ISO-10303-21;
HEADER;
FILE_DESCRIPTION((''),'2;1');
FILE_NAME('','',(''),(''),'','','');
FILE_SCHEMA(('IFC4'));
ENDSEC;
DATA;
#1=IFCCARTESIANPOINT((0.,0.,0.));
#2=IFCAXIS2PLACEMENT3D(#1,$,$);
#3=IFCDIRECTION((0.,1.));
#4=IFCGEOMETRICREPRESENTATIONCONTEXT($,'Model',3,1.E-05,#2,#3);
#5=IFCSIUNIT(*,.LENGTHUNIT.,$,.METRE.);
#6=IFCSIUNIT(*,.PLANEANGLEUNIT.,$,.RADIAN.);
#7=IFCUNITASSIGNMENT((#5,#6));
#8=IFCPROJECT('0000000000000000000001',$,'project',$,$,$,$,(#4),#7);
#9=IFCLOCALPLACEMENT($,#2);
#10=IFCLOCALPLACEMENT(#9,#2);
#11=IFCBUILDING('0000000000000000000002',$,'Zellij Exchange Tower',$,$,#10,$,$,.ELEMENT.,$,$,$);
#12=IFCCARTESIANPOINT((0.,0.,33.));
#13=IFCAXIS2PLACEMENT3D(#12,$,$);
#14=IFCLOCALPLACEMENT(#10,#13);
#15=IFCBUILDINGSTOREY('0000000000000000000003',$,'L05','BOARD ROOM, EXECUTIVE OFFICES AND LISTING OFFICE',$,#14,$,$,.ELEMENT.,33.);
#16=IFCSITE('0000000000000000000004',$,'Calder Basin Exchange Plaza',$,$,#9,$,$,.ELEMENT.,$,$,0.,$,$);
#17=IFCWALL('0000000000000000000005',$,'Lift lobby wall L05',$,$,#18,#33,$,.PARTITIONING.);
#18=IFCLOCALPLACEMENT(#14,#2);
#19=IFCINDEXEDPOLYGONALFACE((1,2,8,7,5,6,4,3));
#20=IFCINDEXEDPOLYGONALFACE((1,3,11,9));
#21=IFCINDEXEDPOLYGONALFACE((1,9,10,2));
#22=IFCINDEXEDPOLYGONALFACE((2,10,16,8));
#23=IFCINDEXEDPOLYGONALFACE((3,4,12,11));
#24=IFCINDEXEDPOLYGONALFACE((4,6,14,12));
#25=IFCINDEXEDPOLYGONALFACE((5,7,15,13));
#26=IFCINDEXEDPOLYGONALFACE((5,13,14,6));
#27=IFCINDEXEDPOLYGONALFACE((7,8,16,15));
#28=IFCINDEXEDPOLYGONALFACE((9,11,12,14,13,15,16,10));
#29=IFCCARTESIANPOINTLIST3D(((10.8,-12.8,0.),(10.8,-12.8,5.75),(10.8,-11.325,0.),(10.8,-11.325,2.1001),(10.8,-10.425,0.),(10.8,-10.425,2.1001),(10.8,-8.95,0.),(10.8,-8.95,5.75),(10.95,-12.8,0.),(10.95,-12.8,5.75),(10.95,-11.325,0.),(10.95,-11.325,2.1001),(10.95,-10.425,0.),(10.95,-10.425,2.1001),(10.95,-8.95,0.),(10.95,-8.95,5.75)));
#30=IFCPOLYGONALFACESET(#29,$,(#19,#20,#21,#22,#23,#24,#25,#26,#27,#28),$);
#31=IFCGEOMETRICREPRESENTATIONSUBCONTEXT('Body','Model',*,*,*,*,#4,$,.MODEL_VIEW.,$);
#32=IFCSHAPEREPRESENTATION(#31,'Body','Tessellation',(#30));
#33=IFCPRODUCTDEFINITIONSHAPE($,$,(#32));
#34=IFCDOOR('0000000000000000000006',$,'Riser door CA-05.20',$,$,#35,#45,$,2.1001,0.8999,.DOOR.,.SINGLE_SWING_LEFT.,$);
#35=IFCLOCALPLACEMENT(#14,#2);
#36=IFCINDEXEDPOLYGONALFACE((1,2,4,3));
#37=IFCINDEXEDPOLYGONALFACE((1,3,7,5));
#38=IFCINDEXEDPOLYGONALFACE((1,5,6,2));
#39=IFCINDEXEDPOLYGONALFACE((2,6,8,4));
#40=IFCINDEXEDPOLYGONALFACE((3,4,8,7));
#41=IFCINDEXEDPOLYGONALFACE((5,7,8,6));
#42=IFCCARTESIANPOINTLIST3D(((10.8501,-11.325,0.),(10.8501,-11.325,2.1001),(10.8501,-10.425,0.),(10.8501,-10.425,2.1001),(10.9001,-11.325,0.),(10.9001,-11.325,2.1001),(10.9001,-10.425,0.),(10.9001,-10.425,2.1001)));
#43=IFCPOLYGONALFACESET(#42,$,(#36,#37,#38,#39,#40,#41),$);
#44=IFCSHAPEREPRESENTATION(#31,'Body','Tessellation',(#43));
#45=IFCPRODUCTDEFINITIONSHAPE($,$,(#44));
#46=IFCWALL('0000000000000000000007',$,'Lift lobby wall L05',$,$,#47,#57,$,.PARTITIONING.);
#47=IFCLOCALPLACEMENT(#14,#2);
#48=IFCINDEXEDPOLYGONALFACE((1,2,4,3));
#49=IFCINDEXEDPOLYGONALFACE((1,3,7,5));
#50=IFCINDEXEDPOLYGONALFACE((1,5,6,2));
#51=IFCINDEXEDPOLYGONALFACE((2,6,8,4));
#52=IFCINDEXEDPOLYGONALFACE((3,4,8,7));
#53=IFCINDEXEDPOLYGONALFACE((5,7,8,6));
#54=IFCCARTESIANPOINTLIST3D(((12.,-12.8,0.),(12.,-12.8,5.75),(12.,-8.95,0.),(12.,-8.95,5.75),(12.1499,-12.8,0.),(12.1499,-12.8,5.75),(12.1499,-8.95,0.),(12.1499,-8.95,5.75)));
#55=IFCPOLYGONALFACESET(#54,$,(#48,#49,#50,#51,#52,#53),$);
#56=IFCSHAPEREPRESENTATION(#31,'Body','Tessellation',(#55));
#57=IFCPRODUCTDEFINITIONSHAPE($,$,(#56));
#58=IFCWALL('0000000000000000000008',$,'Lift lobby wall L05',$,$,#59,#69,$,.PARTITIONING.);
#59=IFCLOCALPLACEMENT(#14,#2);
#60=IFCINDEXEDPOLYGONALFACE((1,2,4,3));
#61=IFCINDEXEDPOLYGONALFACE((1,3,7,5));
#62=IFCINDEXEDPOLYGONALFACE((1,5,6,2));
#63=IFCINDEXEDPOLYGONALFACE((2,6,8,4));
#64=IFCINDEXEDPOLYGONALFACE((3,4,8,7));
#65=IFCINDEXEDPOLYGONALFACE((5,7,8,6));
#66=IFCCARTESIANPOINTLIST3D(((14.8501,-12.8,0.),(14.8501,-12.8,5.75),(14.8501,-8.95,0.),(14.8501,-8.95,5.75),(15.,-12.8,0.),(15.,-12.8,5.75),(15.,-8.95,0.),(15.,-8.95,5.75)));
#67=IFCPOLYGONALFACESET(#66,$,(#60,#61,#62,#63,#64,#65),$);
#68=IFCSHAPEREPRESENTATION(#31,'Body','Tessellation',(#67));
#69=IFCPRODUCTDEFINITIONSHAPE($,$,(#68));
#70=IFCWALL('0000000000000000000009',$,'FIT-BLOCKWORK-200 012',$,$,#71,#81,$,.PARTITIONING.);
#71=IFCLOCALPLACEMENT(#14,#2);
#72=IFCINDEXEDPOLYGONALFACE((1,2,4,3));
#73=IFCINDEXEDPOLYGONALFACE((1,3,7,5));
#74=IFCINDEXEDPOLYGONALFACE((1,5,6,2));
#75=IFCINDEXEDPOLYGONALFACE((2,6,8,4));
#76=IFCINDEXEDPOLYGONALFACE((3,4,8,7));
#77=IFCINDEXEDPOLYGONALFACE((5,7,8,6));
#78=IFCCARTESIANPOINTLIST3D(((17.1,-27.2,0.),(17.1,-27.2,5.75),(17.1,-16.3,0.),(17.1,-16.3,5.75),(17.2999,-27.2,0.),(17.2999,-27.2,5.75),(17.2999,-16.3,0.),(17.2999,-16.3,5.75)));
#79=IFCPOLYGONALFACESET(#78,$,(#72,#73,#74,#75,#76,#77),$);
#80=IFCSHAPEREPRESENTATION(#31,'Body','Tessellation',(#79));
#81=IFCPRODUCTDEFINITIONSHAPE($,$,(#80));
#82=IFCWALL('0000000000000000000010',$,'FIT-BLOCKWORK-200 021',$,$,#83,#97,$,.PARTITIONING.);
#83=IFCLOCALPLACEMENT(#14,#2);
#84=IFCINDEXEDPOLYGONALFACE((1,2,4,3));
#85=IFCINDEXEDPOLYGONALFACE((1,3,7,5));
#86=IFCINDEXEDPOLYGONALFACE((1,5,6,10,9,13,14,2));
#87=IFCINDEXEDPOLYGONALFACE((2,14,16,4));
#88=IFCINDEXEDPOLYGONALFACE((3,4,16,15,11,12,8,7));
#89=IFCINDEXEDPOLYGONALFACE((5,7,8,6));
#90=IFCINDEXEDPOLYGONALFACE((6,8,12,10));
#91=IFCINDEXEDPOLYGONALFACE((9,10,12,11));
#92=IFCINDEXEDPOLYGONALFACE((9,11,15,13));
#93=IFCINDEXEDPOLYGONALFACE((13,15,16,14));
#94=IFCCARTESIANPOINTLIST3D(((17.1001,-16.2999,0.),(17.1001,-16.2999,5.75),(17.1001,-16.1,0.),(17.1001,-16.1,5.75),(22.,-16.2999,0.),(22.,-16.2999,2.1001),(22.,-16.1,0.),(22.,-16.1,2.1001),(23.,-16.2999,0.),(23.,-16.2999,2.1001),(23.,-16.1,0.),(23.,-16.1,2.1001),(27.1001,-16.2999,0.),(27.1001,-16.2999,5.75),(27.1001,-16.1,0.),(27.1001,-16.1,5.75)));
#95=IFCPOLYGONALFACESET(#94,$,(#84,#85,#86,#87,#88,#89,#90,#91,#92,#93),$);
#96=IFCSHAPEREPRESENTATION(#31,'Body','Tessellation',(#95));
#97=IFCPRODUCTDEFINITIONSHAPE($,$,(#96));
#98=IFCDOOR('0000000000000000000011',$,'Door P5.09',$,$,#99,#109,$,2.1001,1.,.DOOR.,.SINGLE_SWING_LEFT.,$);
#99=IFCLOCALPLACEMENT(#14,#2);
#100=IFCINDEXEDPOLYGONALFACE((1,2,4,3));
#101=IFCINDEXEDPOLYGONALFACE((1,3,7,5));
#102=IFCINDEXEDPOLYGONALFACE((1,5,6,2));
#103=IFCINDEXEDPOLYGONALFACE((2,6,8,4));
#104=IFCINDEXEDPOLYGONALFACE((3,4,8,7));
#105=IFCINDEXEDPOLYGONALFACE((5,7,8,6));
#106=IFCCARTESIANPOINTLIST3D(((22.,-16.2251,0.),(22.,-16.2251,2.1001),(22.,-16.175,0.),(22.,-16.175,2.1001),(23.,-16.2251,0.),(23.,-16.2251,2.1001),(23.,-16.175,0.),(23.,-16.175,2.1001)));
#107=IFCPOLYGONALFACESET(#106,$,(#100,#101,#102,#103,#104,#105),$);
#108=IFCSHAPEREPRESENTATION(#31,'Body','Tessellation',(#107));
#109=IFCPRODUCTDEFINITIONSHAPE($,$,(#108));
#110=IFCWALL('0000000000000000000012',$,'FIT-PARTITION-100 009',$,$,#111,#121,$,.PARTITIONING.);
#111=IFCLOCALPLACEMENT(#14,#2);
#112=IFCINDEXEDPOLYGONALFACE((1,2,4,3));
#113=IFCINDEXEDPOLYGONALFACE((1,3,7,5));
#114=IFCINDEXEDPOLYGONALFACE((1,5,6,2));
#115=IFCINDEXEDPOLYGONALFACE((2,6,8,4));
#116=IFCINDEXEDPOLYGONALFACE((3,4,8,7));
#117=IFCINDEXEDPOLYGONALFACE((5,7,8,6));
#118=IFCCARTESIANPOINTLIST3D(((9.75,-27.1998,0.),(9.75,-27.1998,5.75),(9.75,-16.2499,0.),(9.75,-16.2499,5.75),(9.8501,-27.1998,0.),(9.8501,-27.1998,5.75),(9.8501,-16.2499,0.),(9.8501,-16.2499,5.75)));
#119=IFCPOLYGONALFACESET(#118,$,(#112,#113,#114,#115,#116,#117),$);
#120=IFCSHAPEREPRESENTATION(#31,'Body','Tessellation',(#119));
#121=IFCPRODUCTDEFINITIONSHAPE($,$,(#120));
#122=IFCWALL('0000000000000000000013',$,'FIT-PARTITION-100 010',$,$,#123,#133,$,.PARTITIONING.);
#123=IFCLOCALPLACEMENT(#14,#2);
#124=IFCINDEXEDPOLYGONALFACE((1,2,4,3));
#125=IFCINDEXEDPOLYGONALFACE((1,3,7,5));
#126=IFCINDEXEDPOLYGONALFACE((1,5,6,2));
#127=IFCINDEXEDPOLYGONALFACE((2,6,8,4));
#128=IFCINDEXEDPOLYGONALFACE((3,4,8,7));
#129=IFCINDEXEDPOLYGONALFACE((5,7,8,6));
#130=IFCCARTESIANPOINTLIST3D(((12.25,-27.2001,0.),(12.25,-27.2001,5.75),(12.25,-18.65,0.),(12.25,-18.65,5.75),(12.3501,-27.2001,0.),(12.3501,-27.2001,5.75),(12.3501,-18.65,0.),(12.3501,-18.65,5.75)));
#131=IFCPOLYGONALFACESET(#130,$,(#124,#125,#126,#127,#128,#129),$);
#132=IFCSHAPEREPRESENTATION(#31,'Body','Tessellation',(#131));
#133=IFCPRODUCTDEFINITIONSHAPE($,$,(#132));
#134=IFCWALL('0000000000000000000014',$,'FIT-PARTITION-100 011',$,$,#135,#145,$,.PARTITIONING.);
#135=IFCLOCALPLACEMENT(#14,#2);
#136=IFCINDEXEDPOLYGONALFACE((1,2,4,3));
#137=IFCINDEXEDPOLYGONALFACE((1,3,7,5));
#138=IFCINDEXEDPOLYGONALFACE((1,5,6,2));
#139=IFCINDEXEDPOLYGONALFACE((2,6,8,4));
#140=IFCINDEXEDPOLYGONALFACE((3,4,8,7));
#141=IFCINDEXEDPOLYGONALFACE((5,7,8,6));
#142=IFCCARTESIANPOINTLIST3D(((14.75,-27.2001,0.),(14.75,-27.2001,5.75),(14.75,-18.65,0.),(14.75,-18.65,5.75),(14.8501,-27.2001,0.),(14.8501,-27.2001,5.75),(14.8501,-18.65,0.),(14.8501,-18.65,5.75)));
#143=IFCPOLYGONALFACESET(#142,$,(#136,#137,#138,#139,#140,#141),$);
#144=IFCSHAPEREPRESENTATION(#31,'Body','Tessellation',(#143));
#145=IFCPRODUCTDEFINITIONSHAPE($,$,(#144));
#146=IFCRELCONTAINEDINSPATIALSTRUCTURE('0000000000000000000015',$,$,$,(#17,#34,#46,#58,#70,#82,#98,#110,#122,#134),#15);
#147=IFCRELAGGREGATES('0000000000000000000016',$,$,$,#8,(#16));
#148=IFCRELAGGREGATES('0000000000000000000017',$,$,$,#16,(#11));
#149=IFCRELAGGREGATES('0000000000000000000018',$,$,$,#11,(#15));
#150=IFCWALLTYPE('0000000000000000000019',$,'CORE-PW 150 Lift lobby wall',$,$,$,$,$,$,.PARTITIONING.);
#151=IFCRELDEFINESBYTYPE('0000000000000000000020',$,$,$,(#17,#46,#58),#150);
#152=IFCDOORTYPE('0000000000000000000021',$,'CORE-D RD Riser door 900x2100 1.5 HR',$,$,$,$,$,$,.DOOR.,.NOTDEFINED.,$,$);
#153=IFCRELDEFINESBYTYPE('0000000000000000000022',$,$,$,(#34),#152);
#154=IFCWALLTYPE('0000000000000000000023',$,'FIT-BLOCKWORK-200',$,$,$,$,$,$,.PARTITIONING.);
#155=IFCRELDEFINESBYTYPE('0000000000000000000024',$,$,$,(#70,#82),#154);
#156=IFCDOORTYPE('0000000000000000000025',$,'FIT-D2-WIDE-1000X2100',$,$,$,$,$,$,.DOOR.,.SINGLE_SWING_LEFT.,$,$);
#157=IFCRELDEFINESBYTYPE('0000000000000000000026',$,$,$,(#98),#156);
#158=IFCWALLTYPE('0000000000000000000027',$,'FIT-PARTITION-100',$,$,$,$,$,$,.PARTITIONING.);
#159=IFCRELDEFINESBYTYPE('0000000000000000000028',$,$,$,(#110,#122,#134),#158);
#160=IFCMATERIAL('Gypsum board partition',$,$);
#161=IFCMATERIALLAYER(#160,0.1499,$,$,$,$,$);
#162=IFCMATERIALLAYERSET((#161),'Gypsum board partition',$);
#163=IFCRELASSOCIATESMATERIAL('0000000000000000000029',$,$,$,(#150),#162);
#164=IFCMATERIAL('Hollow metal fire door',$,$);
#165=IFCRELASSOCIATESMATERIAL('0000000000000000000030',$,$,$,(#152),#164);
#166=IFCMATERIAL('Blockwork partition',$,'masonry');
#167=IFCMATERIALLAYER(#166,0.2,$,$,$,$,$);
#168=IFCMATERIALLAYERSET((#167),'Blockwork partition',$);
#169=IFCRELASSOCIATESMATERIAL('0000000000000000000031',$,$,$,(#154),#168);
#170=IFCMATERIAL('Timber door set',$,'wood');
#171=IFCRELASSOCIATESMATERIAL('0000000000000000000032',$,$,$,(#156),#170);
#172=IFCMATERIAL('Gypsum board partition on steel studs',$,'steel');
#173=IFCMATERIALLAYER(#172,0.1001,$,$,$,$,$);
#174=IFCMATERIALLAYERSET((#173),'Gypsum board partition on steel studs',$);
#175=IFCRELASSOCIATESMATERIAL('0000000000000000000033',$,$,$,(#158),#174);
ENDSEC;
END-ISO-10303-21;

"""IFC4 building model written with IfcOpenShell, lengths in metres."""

from ifc_helpers import new_model, si_unit, direction, frame, frame_2d, origin, place, context, subcontext, project, spatial, rectangle, extrude, material, layer, layer_set, type_object, element, fill, save


model = new_model("IFC4")

# Units and contexts
model_context = context("Model", 3, precision=1e-05, world=origin(), true_north=direction((0.0, 1.0)))
body_context = subcontext(model_context, "Body", "Model", "MODEL_VIEW")
ifc_project = project(units=[si_unit("LENGTHUNIT", "METRE"), si_unit("PLANEANGLEUNIT", "RADIAN")], contexts=[model_context])

# Site, building, storey
site_placement = place(None, origin())
site = spatial("IfcSite", under=ifc_project, at=site_placement, Name="Calder Basin Exchange Plaza", CompositionType="ELEMENT", RefElevation=0.0)
building_placement = place(site_placement, origin())
building = spatial("IfcBuilding", under=site, at=building_placement, Name="Zellij Exchange Tower", CompositionType="ELEMENT")
storey_placement = place(building_placement, frame((0.0, 0.0, 33.0)))
storey = spatial("IfcBuildingStorey", under=building, at=storey_placement, Name="L05", Description="BOARD ROOM, EXECUTIVE OFFICES AND LISTING OFFICE", CompositionType="ELEMENT", Elevation=33.0)

# Wall, opening, door
ifc_material_1 = material(Name="Gypsum board partition")
ifc_layer_1 = layer(ifc_material_1, 0.1499)
ifc_layer_set_1 = layer_set([ifc_layer_1], Name="Gypsum board partition")
wall_type_1 = type_object("IfcWallType", Name="CORE-PW 150 Lift lobby wall", PredefinedType="PARTITIONING", material=ifc_layer_set_1)
wall_1_placement = place(storey_placement, frame((10.875, -12.8, 0.0), z_axis=(0.0, 0.0, 1.0), x_axis=(0.0, 1.0, 0.0)))
wall_1 = element("IfcWall", 1, at=wall_1_placement, inside=storey, type_object=wall_type_1, Name="Lift lobby wall L05", PredefinedType="PARTITIONING", context=body_context, shape_type="SweptSolid", body=[
    extrude(rectangle(XDim=3.8501, YDim=0.1499, at=frame_2d((1.925, 0.0))), origin(), (0.0, 0.0, 1.0), 5.75),
])
opening_1_placement = place(wall_1_placement, frame((1.4751, 0.0, 0.0)))
opening_1 = element("IfcOpeningElement", 2, at=opening_1_placement, cuts=wall_1, PredefinedType="OPENING", context=body_context, shape_type="SweptSolid", body=[
    extrude(rectangle(XDim=0.8999, YDim=2.1001, at=frame_2d((0.45, 1.05))), frame((0.0, 0.0869, 0.0), z_axis=(0.0, -1.0, 0.0), x_axis=(1.0, 0.0, 0.0)), (0.0, 0.0, 1.0), 0.1738),
])
ifc_material_2 = material(Name="Hollow metal fire door")
door_type_1 = type_object("IfcDoorType", Name="CORE-D RD Riser door 900x2100 1.5 HR", OperationType="NOTDEFINED", PredefinedType="DOOR", material=ifc_material_2)
door_1_placement = place(opening_1_placement, origin())
door_1 = element("IfcDoor", 3, at=door_1_placement, inside=storey, type_object=door_type_1, Name="Riser door CA-05.20", OperationType="SINGLE_SWING_LEFT", OverallHeight=2.1001, OverallWidth=0.8999, PredefinedType="DOOR", context=body_context, shape_type="SweptSolid", body=[
    extrude(rectangle(XDim=0.8999, YDim=2.1001, at=frame_2d((0.45, 1.05))), frame((0.0, 0.0249, 0.0), z_axis=(0.0, -1.0, 0.0), x_axis=(1.0, 0.0, 0.0)), (0.0, 0.0, 1.0), 0.05),
])
fill(opening_1, door_1)

# Walls
for number, where, z_axis, x_axis, name in (
    (4, (12.075, -12.8, 0.0), (0.0, 0.0, 1.0), (0.0, 1.0, 0.0), "Lift lobby wall L05"),
    (5, (14.925, -12.8, 0.0), (0.0, 0.0, 1.0), (0.0, 1.0, 0.0), "Lift lobby wall L05"),
):
    element("IfcWall", number, at=place(storey_placement, frame(where, z_axis=z_axis, x_axis=x_axis)), inside=storey, type_object=wall_type_1, Name=name, PredefinedType="PARTITIONING", context=body_context, shape_type="SweptSolid", body=[
        extrude(rectangle(XDim=3.8501, YDim=0.1499, at=frame_2d((1.925, 0.0))), origin(), (0.0, 0.0, 1.0), 5.75),
    ])
ifc_material_3 = material(Name="Blockwork partition", Category="masonry")
ifc_layer_2 = layer(ifc_material_3, 0.2)
ifc_layer_set_2 = layer_set([ifc_layer_2], Name="Blockwork partition")
wall_type_2 = type_object("IfcWallType", Name="FIT-BLOCKWORK-200", PredefinedType="PARTITIONING", material=ifc_layer_set_2)
wall_2_placement = place(storey_placement, frame((17.2, -27.2, 0.0), z_axis=(0.0, 0.0, 1.0), x_axis=(0.0, 1.0, 0.0)))
element("IfcWall", 6, at=wall_2_placement, inside=storey, type_object=wall_type_2, Name="FIT-BLOCKWORK-200 012", PredefinedType="PARTITIONING", context=body_context, shape_type="SweptSolid", body=[
    extrude(rectangle(XDim=10.8999, YDim=0.2, at=frame_2d((5.45, 0.0))), origin(), (0.0, 0.0, 1.0), 5.75),
])

# Wall, opening, door
wall_3_placement = place(storey_placement, frame((17.1001, -16.2, 0.0), z_axis=(0.0, 0.0, 1.0), x_axis=(1.0, 0.0, 0.0)))
wall_3 = element("IfcWall", 7, at=wall_3_placement, inside=storey, type_object=wall_type_2, Name="FIT-BLOCKWORK-200 021", PredefinedType="PARTITIONING", context=body_context, shape_type="SweptSolid", body=[
    extrude(rectangle(XDim=10.0, YDim=0.2, at=frame_2d((5.0, 0.0))), origin(), (0.0, 0.0, 1.0), 5.75),
])
opening_2_placement = place(wall_3_placement, frame((4.8999, 0.0, 0.0)))
opening_2 = element("IfcOpeningElement", 8, at=opening_2_placement, cuts=wall_3, PredefinedType="OPENING", context=body_context, shape_type="SweptSolid", body=[
    extrude(rectangle(XDim=1.0, YDim=2.1001, at=frame_2d((0.5, 1.05))), frame((0.0, 0.1118, 0.0), z_axis=(0.0, -1.0, 0.0), x_axis=(1.0, 0.0, 0.0)), (0.0, 0.0, 1.0), 0.2239),
])
ifc_material_4 = material(Name="Timber door set", Category="wood")
door_type_2 = type_object("IfcDoorType", Name="FIT-D2-WIDE-1000X2100", OperationType="SINGLE_SWING_LEFT", PredefinedType="DOOR", material=ifc_material_4)
door_2_placement = place(opening_2_placement, origin())
door_2 = element("IfcDoor", 9, at=door_2_placement, inside=storey, type_object=door_type_2, Name="Door P5.09", OperationType="SINGLE_SWING_LEFT", OverallHeight=2.1001, OverallWidth=1.0, PredefinedType="DOOR", context=body_context, shape_type="SweptSolid", body=[
    extrude(rectangle(XDim=1.0, YDim=2.1001, at=frame_2d((0.5, 1.05))), frame((0.0, 0.0249, 0.0), z_axis=(0.0, -1.0, 0.0), x_axis=(1.0, 0.0, 0.0)), (0.0, 0.0, 1.0), 0.05),
])
fill(opening_2, door_2)

# Walls
ifc_material_5 = material(Name="Gypsum board partition on steel studs", Category="steel")
ifc_layer_3 = layer(ifc_material_5, 0.1001)
ifc_layer_set_3 = layer_set([ifc_layer_3], Name="Gypsum board partition on steel studs")
wall_type_3 = type_object("IfcWallType", Name="FIT-PARTITION-100", PredefinedType="PARTITIONING", material=ifc_layer_set_3)
wall_4_placement = place(storey_placement, frame((9.8, -27.2, 0.0), z_axis=(0.0, 0.0, 1.0), x_axis=(0.0, 1.0, 0.0)))
element("IfcWall", 10, at=wall_4_placement, inside=storey, type_object=wall_type_3, Name="FIT-PARTITION-100 009", PredefinedType="PARTITIONING", context=body_context, shape_type="SweptSolid", body=[
    extrude(rectangle(XDim=10.95, YDim=0.1001, at=frame_2d((5.4751, 0.0))), origin(), (0.0, 0.0, 1.0), 5.75),
])
for number, where, z_axis, x_axis, name in (
    (11, (12.3, -27.2, 0.0), (0.0, 0.0, 1.0), (0.0, 1.0, 0.0), "FIT-PARTITION-100 010"),
    (12, (14.8, -27.2, 0.0), (0.0, 0.0, 1.0), (0.0, 1.0, 0.0), "FIT-PARTITION-100 011"),
):
    element("IfcWall", number, at=place(storey_placement, frame(where, z_axis=z_axis, x_axis=x_axis)), inside=storey, type_object=wall_type_3, Name=name, PredefinedType="PARTITIONING", context=body_context, shape_type="SweptSolid", body=[
        extrude(rectangle(XDim=8.55, YDim=0.1001, at=frame_2d((4.2749, 0.0))), origin(), (0.0, 0.0, 1.0), 5.75),
    ])

save(model, "model.ifc")
